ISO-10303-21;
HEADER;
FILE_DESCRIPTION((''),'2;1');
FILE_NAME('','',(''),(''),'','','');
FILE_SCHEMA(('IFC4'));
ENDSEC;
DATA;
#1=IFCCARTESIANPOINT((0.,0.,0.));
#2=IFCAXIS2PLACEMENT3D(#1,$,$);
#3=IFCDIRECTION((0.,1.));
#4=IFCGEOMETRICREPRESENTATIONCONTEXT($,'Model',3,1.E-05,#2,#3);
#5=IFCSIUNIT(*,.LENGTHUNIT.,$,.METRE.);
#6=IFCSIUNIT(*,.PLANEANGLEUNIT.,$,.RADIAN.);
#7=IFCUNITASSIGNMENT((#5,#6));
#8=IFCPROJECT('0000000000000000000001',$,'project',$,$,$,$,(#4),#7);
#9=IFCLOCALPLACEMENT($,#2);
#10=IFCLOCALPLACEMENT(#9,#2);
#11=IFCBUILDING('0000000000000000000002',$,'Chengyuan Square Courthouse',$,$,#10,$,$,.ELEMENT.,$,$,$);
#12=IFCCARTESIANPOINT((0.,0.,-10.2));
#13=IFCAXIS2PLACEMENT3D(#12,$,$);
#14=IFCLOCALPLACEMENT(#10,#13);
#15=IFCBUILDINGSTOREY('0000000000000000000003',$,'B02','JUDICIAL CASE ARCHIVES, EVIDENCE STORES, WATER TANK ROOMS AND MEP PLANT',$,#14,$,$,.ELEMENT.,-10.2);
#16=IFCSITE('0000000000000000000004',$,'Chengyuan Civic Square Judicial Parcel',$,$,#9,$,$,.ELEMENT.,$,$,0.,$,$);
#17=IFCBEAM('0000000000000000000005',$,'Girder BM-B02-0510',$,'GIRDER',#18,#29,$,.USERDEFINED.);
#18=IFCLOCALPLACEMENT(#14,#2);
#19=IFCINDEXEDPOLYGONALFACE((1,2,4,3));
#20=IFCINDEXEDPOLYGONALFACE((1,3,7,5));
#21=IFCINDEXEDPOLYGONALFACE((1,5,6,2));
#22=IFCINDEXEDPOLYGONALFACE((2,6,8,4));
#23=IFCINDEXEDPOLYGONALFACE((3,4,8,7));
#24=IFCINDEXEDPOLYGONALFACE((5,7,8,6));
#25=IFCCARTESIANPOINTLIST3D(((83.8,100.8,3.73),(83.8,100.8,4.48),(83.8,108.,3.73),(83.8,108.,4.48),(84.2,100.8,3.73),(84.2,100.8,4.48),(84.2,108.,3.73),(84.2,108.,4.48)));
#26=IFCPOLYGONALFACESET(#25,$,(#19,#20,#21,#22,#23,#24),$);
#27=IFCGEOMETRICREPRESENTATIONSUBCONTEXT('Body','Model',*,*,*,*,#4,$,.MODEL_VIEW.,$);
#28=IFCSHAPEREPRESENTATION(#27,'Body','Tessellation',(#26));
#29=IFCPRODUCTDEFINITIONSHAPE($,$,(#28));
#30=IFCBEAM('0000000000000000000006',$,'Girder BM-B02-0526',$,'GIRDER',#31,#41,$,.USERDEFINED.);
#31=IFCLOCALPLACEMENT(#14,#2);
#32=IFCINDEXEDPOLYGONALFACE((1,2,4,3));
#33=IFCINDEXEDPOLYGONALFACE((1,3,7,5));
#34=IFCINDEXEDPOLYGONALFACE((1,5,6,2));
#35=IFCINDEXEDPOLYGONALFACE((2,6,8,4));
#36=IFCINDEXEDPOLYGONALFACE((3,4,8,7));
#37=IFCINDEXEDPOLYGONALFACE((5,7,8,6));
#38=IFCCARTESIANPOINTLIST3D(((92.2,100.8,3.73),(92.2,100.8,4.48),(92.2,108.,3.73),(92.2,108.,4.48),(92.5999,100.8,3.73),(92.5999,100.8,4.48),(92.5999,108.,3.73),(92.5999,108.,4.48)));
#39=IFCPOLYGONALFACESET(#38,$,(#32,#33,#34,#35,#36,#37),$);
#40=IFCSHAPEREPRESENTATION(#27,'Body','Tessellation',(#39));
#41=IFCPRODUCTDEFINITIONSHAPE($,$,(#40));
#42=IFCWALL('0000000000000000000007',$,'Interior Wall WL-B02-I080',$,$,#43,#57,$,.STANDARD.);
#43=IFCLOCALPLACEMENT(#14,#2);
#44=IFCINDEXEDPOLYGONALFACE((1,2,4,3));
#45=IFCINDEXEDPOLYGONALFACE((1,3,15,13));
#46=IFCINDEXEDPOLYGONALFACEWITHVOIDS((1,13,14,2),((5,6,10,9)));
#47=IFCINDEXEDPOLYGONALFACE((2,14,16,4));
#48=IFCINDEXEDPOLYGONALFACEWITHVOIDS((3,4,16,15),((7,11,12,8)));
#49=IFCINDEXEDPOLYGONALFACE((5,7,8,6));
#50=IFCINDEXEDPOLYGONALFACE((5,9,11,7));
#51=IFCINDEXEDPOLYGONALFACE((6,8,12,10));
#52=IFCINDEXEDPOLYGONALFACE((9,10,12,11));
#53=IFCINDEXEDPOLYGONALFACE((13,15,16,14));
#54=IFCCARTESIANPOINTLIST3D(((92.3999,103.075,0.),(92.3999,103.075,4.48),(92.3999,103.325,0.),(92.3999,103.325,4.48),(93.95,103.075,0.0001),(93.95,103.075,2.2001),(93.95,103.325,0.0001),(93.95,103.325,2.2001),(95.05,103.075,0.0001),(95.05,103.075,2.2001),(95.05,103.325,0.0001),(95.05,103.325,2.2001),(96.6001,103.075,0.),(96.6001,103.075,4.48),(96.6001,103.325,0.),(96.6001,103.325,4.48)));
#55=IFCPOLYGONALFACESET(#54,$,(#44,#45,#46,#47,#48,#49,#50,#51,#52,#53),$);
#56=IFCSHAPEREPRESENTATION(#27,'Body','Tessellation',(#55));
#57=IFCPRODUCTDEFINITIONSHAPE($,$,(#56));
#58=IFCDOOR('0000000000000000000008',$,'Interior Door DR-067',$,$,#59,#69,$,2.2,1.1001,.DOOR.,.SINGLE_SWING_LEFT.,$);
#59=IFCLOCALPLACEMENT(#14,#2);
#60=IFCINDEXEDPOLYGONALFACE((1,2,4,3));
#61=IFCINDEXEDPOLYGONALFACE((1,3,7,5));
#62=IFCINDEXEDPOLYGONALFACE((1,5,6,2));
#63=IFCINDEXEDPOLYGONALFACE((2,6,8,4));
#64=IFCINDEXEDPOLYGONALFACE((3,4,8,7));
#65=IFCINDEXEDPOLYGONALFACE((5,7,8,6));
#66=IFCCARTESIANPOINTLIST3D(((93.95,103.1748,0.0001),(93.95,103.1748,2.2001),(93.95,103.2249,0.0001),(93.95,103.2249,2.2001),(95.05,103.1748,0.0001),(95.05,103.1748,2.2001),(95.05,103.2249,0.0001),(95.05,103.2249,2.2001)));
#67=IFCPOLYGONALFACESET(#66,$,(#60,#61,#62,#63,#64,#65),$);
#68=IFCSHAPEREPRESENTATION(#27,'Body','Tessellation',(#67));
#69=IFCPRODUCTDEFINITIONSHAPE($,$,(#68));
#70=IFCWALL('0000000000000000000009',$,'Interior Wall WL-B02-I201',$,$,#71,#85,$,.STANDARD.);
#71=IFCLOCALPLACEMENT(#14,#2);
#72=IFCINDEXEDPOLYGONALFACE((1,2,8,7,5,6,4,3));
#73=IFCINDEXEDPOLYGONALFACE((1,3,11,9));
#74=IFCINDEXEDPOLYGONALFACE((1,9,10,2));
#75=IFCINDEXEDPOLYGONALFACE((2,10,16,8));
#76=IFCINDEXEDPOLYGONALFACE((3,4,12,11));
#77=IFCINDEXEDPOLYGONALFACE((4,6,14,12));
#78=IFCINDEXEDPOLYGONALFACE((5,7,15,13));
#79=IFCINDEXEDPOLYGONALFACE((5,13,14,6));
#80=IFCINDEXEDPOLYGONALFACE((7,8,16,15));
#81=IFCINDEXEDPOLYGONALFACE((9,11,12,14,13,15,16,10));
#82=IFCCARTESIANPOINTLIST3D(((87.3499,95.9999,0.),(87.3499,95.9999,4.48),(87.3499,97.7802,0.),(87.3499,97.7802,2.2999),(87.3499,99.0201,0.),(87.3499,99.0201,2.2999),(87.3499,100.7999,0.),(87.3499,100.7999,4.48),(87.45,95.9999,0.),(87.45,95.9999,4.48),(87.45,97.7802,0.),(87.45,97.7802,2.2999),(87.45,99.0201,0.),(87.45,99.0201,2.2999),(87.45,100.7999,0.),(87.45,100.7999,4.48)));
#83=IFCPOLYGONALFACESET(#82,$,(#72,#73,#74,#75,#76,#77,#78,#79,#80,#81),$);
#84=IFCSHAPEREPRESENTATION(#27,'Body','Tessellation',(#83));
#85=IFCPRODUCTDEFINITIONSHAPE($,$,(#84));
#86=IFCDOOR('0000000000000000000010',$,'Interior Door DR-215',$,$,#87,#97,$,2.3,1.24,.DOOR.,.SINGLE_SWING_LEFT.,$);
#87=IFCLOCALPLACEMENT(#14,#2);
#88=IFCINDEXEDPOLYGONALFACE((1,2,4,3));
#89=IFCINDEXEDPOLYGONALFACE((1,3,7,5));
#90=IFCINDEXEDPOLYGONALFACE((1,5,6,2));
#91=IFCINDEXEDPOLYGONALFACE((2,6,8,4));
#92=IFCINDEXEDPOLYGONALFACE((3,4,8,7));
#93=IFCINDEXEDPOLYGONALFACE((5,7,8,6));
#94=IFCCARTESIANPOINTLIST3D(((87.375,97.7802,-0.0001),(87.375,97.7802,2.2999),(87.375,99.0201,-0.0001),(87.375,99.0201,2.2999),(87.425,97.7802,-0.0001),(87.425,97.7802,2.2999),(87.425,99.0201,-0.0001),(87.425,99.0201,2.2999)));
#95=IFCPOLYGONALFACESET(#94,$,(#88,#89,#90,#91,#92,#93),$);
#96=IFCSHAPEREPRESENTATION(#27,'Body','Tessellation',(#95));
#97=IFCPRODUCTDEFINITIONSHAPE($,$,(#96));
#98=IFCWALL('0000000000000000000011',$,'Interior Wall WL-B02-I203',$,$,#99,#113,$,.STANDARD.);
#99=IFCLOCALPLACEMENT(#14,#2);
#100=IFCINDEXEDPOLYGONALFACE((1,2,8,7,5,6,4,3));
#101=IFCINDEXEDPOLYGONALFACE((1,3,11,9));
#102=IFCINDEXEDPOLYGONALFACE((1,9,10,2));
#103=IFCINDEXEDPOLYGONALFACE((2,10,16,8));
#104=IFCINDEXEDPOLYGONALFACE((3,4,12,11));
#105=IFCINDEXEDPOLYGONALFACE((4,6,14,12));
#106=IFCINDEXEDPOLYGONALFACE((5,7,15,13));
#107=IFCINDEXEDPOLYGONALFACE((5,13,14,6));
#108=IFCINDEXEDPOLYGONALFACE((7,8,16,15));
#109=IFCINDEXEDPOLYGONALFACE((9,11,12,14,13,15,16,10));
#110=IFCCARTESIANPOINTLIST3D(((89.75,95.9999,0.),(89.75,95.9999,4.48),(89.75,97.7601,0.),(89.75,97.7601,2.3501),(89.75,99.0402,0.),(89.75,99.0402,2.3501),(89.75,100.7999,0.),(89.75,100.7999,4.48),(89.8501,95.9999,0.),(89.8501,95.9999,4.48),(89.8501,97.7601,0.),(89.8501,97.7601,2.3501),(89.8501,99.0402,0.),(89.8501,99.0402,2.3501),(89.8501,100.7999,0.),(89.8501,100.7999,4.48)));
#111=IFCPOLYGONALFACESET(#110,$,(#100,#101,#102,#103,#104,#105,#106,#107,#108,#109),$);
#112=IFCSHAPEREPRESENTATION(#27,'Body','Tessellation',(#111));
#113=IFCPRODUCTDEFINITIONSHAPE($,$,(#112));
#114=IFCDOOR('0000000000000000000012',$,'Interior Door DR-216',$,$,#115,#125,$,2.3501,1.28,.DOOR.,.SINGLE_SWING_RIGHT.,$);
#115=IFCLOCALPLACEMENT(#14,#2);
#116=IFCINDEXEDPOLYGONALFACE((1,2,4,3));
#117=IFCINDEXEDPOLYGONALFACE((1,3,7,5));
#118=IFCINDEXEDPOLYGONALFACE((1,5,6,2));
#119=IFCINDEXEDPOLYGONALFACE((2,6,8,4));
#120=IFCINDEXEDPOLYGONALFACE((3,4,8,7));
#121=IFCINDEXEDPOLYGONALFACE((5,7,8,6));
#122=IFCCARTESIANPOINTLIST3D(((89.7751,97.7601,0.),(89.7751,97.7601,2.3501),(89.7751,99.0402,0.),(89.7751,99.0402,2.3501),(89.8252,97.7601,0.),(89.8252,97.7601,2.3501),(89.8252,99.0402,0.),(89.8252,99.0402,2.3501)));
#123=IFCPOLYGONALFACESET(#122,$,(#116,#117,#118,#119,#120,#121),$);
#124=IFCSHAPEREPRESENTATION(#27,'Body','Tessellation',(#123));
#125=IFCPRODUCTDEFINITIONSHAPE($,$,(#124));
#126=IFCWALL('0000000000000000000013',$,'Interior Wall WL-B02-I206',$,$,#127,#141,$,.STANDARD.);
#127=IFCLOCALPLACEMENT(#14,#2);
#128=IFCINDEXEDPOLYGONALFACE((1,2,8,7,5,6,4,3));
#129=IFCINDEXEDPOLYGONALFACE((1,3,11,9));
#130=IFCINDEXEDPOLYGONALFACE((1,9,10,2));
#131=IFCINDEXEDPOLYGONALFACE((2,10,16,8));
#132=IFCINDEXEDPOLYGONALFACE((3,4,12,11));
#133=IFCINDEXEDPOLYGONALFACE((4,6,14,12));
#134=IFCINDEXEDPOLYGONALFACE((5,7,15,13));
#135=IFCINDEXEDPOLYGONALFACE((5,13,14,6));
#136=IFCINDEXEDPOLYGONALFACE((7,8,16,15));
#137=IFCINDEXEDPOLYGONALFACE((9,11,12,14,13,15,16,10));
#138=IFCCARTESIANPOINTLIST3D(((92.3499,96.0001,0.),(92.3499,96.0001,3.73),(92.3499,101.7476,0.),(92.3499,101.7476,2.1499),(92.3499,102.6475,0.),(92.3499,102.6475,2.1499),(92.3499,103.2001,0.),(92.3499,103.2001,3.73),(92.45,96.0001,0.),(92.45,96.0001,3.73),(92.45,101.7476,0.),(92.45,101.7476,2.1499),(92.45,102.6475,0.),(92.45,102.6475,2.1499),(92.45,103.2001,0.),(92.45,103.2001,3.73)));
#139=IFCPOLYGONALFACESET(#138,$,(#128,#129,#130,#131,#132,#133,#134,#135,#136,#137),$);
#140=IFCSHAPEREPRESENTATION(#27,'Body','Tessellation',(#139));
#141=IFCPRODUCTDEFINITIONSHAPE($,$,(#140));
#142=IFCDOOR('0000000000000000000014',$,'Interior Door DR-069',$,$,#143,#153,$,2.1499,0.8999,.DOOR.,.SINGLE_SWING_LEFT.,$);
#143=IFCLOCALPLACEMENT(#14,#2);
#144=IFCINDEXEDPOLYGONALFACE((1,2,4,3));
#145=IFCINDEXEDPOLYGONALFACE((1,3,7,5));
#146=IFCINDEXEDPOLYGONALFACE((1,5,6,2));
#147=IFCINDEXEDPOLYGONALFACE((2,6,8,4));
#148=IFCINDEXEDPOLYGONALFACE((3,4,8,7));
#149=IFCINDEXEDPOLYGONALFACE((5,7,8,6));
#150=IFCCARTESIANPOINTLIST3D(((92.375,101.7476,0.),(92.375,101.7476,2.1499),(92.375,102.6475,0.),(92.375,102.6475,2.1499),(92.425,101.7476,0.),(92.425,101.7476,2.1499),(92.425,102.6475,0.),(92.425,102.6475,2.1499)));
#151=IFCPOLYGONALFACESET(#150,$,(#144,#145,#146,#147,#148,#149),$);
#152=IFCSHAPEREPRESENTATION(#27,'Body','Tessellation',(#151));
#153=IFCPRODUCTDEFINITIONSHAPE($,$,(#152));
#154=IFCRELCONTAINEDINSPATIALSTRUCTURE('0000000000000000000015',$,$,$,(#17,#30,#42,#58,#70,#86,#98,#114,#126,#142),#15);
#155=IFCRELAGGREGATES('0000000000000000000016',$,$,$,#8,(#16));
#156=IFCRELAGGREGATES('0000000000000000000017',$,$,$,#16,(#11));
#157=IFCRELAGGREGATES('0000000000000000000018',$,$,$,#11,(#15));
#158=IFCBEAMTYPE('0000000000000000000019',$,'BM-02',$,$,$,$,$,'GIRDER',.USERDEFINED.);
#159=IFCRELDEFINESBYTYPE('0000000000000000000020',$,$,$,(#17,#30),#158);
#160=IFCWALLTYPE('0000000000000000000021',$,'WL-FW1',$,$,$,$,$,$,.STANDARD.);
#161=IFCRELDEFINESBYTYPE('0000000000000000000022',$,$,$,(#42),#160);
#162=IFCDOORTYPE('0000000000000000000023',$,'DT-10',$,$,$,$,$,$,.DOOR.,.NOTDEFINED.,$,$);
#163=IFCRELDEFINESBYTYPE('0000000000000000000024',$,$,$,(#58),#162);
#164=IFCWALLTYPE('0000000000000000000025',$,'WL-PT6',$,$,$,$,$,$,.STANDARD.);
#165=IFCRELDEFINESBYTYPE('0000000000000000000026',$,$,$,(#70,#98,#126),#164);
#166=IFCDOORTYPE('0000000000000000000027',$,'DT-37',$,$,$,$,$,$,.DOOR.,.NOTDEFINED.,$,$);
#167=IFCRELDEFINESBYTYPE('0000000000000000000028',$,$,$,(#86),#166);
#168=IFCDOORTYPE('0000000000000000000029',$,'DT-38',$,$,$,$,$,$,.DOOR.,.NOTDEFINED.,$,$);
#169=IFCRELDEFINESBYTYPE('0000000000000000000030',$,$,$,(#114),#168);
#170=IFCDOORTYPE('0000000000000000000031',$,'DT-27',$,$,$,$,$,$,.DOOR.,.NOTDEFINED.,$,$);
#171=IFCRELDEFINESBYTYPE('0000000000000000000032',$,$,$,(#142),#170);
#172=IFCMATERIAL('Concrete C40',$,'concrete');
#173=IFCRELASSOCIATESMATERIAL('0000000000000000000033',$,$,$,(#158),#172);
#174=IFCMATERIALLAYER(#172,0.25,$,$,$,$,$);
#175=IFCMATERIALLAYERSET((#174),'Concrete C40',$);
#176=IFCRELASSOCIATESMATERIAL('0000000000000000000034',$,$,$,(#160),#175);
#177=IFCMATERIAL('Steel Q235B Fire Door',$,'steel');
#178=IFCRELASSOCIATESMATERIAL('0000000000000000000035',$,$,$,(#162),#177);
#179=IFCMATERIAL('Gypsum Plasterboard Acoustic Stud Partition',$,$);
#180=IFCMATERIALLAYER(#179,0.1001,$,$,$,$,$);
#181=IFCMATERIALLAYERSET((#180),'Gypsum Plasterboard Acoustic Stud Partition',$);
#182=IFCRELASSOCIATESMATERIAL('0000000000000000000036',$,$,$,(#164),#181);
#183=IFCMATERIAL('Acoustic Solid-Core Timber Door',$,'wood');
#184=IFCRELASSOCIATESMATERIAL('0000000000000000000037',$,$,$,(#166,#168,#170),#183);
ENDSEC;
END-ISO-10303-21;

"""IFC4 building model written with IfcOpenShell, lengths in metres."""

from ifc_helpers import new_model, si_unit, direction, frame, frame_2d, origin, origin_2d, place, context, subcontext, project, spatial, rectangle, extrude, material, layer, layer_set, material_profile, profile_set, type_object, element, fill, save


model = new_model("IFC4")

# Units and contexts
model_context = context("Model", 3, precision=1e-05, world=origin(), true_north=direction((0.0, 1.0)))
body_context = subcontext(model_context, "Body", "Model", "MODEL_VIEW")
ifc_project = project(units=[si_unit("LENGTHUNIT", "METRE"), si_unit("PLANEANGLEUNIT", "RADIAN")], contexts=[model_context])

# Site, building, storey
site_placement = place(None, origin())
site = spatial("IfcSite", under=ifc_project, at=site_placement, Name="Chengyuan Civic Square Judicial Parcel", CompositionType="ELEMENT", RefElevation=0.0)
building_placement = place(site_placement, origin())
building = spatial("IfcBuilding", under=site, at=building_placement, Name="Chengyuan Square Courthouse", CompositionType="ELEMENT")
storey_placement = place(building_placement, frame((0.0, 0.0, -10.2)))
storey = spatial("IfcBuildingStorey", under=building, at=storey_placement, Name="B02", Description="JUDICIAL CASE ARCHIVES, EVIDENCE STORES, WATER TANK ROOMS AND MEP PLANT", CompositionType="ELEMENT", Elevation=-10.2)

# Shared definitions
ifc_material_1 = material(Name="Concrete C40", Category="concrete")

# Beams
ifc_material_profile_1 = material_profile(ifc_material_1, rectangle(XDim=0.3999, YDim=0.75, at=origin_2d()), Name="RC-BM-400x750")
ifc_profile_set_1 = profile_set([ifc_material_profile_1], Name="Concrete C40")
beam_type_1 = type_object("IfcBeamType", Name="BM-02", ElementType="GIRDER", PredefinedType="USERDEFINED", material=ifc_profile_set_1)
for number, where, z_axis, x_axis, name in (
    (1, (84.0, 100.8, 4.105), (0.0, 1.0, 0.0), (-1.0, 0.0, 0.0), "Girder BM-B02-0510"),
    (2, (92.3999, 100.8, 4.105), (0.0, 1.0, 0.0), (-1.0, 0.0, 0.0), "Girder BM-B02-0526"),
):
    element("IfcBeam", number, at=place(storey_placement, frame(where, z_axis=z_axis, x_axis=x_axis)), inside=storey, type_object=beam_type_1, Name=name, ObjectType="GIRDER", PredefinedType="USERDEFINED", context=body_context, shape_type="SweptSolid", body=[
        extrude(rectangle(XDim=0.3999, YDim=0.75, at=origin_2d()), origin(), (0.0, 0.0, 1.0), 7.2),
    ])

# Walls, openings, doors
ifc_layer_1 = layer(ifc_material_1, 0.25)
ifc_layer_set_1 = layer_set([ifc_layer_1], Name="Concrete C40")
wall_type_1 = type_object("IfcWallType", Name="WL-FW1", PredefinedType="STANDARD", material=ifc_layer_set_1)
wall_1_placement = place(storey_placement, frame((92.3999, 103.2, 0.0), z_axis=(0.0, 0.0, 1.0), x_axis=(1.0, 0.0, 0.0)))
wall_1 = element("IfcWall", 3, at=wall_1_placement, inside=storey, type_object=wall_type_1, Name="Interior Wall WL-B02-I080", PredefinedType="STANDARD", context=body_context, shape_type="SweptSolid", body=[
    extrude(rectangle(XDim=4.2002, YDim=0.25, at=frame_2d((2.1001, 0.0))), origin(), (0.0, 0.0, 1.0), 4.48),
])
opening_1_placement = place(wall_1_placement, frame((1.55, 0.0, 0.0)))
opening_1 = element("IfcOpeningElement", 4, at=opening_1_placement, cuts=wall_1, PredefinedType="OPENING", context=body_context, shape_type="SweptSolid", body=[
    extrude(rectangle(XDim=1.1001, YDim=2.2, at=frame_2d((0.55, 1.1001))), frame((0.0, 0.137, 0.0), z_axis=(0.0, -1.0, 0.0), x_axis=(1.0, 0.0, 0.0)), (0.0, 0.0, 1.0), 0.2739),
])
ifc_material_2 = material(Name="Steel Q235B Fire Door", Category="steel")
door_type_1 = type_object("IfcDoorType", Name="DT-10", OperationType="NOTDEFINED", PredefinedType="DOOR", material=ifc_material_2)
door_1_placement = place(opening_1_placement, origin())
door_1 = element("IfcDoor", 5, at=door_1_placement, inside=storey, type_object=door_type_1, Name="Interior Door DR-067", OperationType="SINGLE_SWING_LEFT", OverallHeight=2.2, OverallWidth=1.1001, PredefinedType="DOOR", context=body_context, shape_type="SweptSolid", body=[
    extrude(rectangle(XDim=1.1001, YDim=2.2, at=frame_2d((0.55, 1.1001))), frame((0.0, 0.0249, 0.0), z_axis=(0.0, -1.0, 0.0), x_axis=(1.0, 0.0, 0.0)), (0.0, 0.0, 1.0), 0.05),
])
fill(opening_1, door_1)
ifc_material_3 = material(Name="Gypsum Plasterboard Acoustic Stud Partition")
ifc_layer_2 = layer(ifc_material_3, 0.1001)
ifc_layer_set_2 = layer_set([ifc_layer_2], Name="Gypsum Plasterboard Acoustic Stud Partition")
wall_type_2 = type_object("IfcWallType", Name="WL-PT6", PredefinedType="STANDARD", material=ifc_layer_set_2)
wall_2_placement = place(storey_placement, frame((87.3999, 96.0, 0.0), z_axis=(0.0, 0.0, 1.0), x_axis=(0.0, 1.0, 0.0)))
wall_2 = element("IfcWall", 6, at=wall_2_placement, inside=storey, type_object=wall_type_2, Name="Interior Wall WL-B02-I201", PredefinedType="STANDARD", context=body_context, shape_type="SweptSolid", body=[
    extrude(rectangle(XDim=4.8, YDim=0.1001, at=frame_2d((2.3999, 0.0))), origin(), (0.0, 0.0, 1.0), 4.48),
])
opening_2_placement = place(wall_2_placement, frame((1.78, 0.0, 0.0)))
opening_2 = element("IfcOpeningElement", 7, at=opening_2_placement, cuts=wall_2, PredefinedType="OPENING", context=body_context, shape_type="SweptSolid", body=[
    extrude(rectangle(XDim=1.24, YDim=2.3, at=frame_2d((0.6201, 1.1499))), frame((0.0, 0.062, 0.0), z_axis=(0.0, -1.0, 0.0), x_axis=(1.0, 0.0, 0.0)), (0.0, 0.0, 1.0), 0.124),
])
ifc_material_4 = material(Name="Acoustic Solid-Core Timber Door", Category="wood")
door_type_2 = type_object("IfcDoorType", Name="DT-37", OperationType="NOTDEFINED", PredefinedType="DOOR", material=ifc_material_4)
door_2_placement = place(opening_2_placement, origin())
door_2 = element("IfcDoor", 8, at=door_2_placement, inside=storey, type_object=door_type_2, Name="Interior Door DR-215", OperationType="SINGLE_SWING_LEFT", OverallHeight=2.3, OverallWidth=1.24, PredefinedType="DOOR", context=body_context, shape_type="SweptSolid", body=[
    extrude(rectangle(XDim=1.24, YDim=2.3, at=frame_2d((0.6201, 1.1499))), frame((0.0, 0.0249, 0.0), z_axis=(0.0, -1.0, 0.0), x_axis=(1.0, 0.0, 0.0)), (0.0, 0.0, 1.0), 0.05),
])
fill(opening_2, door_2)
wall_3_placement = place(storey_placement, frame((89.8, 96.0, 0.0), z_axis=(0.0, 0.0, 1.0), x_axis=(0.0, 1.0, 0.0)))
wall_3 = element("IfcWall", 9, at=wall_3_placement, inside=storey, type_object=wall_type_2, Name="Interior Wall WL-B02-I203", PredefinedType="STANDARD", context=body_context, shape_type="SweptSolid", body=[
    extrude(rectangle(XDim=4.8, YDim=0.1001, at=frame_2d((2.3999, 0.0))), origin(), (0.0, 0.0, 1.0), 4.48),
])
opening_3_placement = place(wall_3_placement, frame((1.76, 0.0, 0.0)))
opening_3 = element("IfcOpeningElement", 10, at=opening_3_placement, cuts=wall_3, PredefinedType="OPENING", context=body_context, shape_type="SweptSolid", body=[
    extrude(rectangle(XDim=1.28, YDim=2.3501, at=frame_2d((0.6401, 1.175))), frame((0.0, 0.062, 0.0), z_axis=(0.0, -1.0, 0.0), x_axis=(1.0, 0.0, 0.0)), (0.0, 0.0, 1.0), 0.124),
])
door_type_3 = type_object("IfcDoorType", Name="DT-38", OperationType="NOTDEFINED", PredefinedType="DOOR", material=ifc_material_4)
door_3_placement = place(opening_3_placement, origin())
door_3 = element("IfcDoor", 11, at=door_3_placement, inside=storey, type_object=door_type_3, Name="Interior Door DR-216", OperationType="SINGLE_SWING_RIGHT", OverallHeight=2.3501, OverallWidth=1.28, PredefinedType="DOOR", context=body_context, shape_type="SweptSolid", body=[
    extrude(rectangle(XDim=1.28, YDim=2.3501, at=frame_2d((0.6401, 1.175))), frame((0.0, 0.0249, 0.0), z_axis=(0.0, -1.0, 0.0), x_axis=(1.0, 0.0, 0.0)), (0.0, 0.0, 1.0), 0.05),
])
fill(opening_3, door_3)
wall_4_placement = place(storey_placement, frame((92.3999, 96.0, 0.0), z_axis=(0.0, 0.0, 1.0), x_axis=(0.0, 1.0, 0.0)))
wall_4 = element("IfcWall", 12, at=wall_4_placement, inside=storey, type_object=wall_type_2, Name="Interior Wall WL-B02-I206", PredefinedType="STANDARD", context=body_context, shape_type="SweptSolid", body=[
    extrude(rectangle(XDim=7.2, YDim=0.1001, at=frame_2d((3.6001, 0.0))), origin(), (0.0, 0.0, 1.0), 3.73),
])
opening_4_placement = place(wall_4_placement, frame((5.7476, 0.0, 0.0)))
opening_4 = element("IfcOpeningElement", 13, at=opening_4_placement, cuts=wall_4, PredefinedType="OPENING", context=body_context, shape_type="SweptSolid", body=[
    extrude(rectangle(XDim=0.8999, YDim=2.1499, at=frame_2d((0.45, 1.075))), frame((0.0, 0.062, 0.0), z_axis=(0.0, -1.0, 0.0), x_axis=(1.0, 0.0, 0.0)), (0.0, 0.0, 1.0), 0.124),
])
door_type_4 = type_object("IfcDoorType", Name="DT-27", OperationType="NOTDEFINED", PredefinedType="DOOR", material=ifc_material_4)
door_4_placement = place(opening_4_placement, origin())
door_4 = element("IfcDoor", 14, at=door_4_placement, inside=storey, type_object=door_type_4, Name="Interior Door DR-069", OperationType="SINGLE_SWING_LEFT", OverallHeight=2.1499, OverallWidth=0.8999, PredefinedType="DOOR", context=body_context, shape_type="SweptSolid", body=[
    extrude(rectangle(XDim=0.8999, YDim=2.1499, at=frame_2d((0.45, 1.075))), frame((0.0, 0.0249, 0.0), z_axis=(0.0, -1.0, 0.0), x_axis=(1.0, 0.0, 0.0)), (0.0, 0.0, 1.0), 0.05),
])
fill(opening_4, door_4)

save(model, "model.ifc")
